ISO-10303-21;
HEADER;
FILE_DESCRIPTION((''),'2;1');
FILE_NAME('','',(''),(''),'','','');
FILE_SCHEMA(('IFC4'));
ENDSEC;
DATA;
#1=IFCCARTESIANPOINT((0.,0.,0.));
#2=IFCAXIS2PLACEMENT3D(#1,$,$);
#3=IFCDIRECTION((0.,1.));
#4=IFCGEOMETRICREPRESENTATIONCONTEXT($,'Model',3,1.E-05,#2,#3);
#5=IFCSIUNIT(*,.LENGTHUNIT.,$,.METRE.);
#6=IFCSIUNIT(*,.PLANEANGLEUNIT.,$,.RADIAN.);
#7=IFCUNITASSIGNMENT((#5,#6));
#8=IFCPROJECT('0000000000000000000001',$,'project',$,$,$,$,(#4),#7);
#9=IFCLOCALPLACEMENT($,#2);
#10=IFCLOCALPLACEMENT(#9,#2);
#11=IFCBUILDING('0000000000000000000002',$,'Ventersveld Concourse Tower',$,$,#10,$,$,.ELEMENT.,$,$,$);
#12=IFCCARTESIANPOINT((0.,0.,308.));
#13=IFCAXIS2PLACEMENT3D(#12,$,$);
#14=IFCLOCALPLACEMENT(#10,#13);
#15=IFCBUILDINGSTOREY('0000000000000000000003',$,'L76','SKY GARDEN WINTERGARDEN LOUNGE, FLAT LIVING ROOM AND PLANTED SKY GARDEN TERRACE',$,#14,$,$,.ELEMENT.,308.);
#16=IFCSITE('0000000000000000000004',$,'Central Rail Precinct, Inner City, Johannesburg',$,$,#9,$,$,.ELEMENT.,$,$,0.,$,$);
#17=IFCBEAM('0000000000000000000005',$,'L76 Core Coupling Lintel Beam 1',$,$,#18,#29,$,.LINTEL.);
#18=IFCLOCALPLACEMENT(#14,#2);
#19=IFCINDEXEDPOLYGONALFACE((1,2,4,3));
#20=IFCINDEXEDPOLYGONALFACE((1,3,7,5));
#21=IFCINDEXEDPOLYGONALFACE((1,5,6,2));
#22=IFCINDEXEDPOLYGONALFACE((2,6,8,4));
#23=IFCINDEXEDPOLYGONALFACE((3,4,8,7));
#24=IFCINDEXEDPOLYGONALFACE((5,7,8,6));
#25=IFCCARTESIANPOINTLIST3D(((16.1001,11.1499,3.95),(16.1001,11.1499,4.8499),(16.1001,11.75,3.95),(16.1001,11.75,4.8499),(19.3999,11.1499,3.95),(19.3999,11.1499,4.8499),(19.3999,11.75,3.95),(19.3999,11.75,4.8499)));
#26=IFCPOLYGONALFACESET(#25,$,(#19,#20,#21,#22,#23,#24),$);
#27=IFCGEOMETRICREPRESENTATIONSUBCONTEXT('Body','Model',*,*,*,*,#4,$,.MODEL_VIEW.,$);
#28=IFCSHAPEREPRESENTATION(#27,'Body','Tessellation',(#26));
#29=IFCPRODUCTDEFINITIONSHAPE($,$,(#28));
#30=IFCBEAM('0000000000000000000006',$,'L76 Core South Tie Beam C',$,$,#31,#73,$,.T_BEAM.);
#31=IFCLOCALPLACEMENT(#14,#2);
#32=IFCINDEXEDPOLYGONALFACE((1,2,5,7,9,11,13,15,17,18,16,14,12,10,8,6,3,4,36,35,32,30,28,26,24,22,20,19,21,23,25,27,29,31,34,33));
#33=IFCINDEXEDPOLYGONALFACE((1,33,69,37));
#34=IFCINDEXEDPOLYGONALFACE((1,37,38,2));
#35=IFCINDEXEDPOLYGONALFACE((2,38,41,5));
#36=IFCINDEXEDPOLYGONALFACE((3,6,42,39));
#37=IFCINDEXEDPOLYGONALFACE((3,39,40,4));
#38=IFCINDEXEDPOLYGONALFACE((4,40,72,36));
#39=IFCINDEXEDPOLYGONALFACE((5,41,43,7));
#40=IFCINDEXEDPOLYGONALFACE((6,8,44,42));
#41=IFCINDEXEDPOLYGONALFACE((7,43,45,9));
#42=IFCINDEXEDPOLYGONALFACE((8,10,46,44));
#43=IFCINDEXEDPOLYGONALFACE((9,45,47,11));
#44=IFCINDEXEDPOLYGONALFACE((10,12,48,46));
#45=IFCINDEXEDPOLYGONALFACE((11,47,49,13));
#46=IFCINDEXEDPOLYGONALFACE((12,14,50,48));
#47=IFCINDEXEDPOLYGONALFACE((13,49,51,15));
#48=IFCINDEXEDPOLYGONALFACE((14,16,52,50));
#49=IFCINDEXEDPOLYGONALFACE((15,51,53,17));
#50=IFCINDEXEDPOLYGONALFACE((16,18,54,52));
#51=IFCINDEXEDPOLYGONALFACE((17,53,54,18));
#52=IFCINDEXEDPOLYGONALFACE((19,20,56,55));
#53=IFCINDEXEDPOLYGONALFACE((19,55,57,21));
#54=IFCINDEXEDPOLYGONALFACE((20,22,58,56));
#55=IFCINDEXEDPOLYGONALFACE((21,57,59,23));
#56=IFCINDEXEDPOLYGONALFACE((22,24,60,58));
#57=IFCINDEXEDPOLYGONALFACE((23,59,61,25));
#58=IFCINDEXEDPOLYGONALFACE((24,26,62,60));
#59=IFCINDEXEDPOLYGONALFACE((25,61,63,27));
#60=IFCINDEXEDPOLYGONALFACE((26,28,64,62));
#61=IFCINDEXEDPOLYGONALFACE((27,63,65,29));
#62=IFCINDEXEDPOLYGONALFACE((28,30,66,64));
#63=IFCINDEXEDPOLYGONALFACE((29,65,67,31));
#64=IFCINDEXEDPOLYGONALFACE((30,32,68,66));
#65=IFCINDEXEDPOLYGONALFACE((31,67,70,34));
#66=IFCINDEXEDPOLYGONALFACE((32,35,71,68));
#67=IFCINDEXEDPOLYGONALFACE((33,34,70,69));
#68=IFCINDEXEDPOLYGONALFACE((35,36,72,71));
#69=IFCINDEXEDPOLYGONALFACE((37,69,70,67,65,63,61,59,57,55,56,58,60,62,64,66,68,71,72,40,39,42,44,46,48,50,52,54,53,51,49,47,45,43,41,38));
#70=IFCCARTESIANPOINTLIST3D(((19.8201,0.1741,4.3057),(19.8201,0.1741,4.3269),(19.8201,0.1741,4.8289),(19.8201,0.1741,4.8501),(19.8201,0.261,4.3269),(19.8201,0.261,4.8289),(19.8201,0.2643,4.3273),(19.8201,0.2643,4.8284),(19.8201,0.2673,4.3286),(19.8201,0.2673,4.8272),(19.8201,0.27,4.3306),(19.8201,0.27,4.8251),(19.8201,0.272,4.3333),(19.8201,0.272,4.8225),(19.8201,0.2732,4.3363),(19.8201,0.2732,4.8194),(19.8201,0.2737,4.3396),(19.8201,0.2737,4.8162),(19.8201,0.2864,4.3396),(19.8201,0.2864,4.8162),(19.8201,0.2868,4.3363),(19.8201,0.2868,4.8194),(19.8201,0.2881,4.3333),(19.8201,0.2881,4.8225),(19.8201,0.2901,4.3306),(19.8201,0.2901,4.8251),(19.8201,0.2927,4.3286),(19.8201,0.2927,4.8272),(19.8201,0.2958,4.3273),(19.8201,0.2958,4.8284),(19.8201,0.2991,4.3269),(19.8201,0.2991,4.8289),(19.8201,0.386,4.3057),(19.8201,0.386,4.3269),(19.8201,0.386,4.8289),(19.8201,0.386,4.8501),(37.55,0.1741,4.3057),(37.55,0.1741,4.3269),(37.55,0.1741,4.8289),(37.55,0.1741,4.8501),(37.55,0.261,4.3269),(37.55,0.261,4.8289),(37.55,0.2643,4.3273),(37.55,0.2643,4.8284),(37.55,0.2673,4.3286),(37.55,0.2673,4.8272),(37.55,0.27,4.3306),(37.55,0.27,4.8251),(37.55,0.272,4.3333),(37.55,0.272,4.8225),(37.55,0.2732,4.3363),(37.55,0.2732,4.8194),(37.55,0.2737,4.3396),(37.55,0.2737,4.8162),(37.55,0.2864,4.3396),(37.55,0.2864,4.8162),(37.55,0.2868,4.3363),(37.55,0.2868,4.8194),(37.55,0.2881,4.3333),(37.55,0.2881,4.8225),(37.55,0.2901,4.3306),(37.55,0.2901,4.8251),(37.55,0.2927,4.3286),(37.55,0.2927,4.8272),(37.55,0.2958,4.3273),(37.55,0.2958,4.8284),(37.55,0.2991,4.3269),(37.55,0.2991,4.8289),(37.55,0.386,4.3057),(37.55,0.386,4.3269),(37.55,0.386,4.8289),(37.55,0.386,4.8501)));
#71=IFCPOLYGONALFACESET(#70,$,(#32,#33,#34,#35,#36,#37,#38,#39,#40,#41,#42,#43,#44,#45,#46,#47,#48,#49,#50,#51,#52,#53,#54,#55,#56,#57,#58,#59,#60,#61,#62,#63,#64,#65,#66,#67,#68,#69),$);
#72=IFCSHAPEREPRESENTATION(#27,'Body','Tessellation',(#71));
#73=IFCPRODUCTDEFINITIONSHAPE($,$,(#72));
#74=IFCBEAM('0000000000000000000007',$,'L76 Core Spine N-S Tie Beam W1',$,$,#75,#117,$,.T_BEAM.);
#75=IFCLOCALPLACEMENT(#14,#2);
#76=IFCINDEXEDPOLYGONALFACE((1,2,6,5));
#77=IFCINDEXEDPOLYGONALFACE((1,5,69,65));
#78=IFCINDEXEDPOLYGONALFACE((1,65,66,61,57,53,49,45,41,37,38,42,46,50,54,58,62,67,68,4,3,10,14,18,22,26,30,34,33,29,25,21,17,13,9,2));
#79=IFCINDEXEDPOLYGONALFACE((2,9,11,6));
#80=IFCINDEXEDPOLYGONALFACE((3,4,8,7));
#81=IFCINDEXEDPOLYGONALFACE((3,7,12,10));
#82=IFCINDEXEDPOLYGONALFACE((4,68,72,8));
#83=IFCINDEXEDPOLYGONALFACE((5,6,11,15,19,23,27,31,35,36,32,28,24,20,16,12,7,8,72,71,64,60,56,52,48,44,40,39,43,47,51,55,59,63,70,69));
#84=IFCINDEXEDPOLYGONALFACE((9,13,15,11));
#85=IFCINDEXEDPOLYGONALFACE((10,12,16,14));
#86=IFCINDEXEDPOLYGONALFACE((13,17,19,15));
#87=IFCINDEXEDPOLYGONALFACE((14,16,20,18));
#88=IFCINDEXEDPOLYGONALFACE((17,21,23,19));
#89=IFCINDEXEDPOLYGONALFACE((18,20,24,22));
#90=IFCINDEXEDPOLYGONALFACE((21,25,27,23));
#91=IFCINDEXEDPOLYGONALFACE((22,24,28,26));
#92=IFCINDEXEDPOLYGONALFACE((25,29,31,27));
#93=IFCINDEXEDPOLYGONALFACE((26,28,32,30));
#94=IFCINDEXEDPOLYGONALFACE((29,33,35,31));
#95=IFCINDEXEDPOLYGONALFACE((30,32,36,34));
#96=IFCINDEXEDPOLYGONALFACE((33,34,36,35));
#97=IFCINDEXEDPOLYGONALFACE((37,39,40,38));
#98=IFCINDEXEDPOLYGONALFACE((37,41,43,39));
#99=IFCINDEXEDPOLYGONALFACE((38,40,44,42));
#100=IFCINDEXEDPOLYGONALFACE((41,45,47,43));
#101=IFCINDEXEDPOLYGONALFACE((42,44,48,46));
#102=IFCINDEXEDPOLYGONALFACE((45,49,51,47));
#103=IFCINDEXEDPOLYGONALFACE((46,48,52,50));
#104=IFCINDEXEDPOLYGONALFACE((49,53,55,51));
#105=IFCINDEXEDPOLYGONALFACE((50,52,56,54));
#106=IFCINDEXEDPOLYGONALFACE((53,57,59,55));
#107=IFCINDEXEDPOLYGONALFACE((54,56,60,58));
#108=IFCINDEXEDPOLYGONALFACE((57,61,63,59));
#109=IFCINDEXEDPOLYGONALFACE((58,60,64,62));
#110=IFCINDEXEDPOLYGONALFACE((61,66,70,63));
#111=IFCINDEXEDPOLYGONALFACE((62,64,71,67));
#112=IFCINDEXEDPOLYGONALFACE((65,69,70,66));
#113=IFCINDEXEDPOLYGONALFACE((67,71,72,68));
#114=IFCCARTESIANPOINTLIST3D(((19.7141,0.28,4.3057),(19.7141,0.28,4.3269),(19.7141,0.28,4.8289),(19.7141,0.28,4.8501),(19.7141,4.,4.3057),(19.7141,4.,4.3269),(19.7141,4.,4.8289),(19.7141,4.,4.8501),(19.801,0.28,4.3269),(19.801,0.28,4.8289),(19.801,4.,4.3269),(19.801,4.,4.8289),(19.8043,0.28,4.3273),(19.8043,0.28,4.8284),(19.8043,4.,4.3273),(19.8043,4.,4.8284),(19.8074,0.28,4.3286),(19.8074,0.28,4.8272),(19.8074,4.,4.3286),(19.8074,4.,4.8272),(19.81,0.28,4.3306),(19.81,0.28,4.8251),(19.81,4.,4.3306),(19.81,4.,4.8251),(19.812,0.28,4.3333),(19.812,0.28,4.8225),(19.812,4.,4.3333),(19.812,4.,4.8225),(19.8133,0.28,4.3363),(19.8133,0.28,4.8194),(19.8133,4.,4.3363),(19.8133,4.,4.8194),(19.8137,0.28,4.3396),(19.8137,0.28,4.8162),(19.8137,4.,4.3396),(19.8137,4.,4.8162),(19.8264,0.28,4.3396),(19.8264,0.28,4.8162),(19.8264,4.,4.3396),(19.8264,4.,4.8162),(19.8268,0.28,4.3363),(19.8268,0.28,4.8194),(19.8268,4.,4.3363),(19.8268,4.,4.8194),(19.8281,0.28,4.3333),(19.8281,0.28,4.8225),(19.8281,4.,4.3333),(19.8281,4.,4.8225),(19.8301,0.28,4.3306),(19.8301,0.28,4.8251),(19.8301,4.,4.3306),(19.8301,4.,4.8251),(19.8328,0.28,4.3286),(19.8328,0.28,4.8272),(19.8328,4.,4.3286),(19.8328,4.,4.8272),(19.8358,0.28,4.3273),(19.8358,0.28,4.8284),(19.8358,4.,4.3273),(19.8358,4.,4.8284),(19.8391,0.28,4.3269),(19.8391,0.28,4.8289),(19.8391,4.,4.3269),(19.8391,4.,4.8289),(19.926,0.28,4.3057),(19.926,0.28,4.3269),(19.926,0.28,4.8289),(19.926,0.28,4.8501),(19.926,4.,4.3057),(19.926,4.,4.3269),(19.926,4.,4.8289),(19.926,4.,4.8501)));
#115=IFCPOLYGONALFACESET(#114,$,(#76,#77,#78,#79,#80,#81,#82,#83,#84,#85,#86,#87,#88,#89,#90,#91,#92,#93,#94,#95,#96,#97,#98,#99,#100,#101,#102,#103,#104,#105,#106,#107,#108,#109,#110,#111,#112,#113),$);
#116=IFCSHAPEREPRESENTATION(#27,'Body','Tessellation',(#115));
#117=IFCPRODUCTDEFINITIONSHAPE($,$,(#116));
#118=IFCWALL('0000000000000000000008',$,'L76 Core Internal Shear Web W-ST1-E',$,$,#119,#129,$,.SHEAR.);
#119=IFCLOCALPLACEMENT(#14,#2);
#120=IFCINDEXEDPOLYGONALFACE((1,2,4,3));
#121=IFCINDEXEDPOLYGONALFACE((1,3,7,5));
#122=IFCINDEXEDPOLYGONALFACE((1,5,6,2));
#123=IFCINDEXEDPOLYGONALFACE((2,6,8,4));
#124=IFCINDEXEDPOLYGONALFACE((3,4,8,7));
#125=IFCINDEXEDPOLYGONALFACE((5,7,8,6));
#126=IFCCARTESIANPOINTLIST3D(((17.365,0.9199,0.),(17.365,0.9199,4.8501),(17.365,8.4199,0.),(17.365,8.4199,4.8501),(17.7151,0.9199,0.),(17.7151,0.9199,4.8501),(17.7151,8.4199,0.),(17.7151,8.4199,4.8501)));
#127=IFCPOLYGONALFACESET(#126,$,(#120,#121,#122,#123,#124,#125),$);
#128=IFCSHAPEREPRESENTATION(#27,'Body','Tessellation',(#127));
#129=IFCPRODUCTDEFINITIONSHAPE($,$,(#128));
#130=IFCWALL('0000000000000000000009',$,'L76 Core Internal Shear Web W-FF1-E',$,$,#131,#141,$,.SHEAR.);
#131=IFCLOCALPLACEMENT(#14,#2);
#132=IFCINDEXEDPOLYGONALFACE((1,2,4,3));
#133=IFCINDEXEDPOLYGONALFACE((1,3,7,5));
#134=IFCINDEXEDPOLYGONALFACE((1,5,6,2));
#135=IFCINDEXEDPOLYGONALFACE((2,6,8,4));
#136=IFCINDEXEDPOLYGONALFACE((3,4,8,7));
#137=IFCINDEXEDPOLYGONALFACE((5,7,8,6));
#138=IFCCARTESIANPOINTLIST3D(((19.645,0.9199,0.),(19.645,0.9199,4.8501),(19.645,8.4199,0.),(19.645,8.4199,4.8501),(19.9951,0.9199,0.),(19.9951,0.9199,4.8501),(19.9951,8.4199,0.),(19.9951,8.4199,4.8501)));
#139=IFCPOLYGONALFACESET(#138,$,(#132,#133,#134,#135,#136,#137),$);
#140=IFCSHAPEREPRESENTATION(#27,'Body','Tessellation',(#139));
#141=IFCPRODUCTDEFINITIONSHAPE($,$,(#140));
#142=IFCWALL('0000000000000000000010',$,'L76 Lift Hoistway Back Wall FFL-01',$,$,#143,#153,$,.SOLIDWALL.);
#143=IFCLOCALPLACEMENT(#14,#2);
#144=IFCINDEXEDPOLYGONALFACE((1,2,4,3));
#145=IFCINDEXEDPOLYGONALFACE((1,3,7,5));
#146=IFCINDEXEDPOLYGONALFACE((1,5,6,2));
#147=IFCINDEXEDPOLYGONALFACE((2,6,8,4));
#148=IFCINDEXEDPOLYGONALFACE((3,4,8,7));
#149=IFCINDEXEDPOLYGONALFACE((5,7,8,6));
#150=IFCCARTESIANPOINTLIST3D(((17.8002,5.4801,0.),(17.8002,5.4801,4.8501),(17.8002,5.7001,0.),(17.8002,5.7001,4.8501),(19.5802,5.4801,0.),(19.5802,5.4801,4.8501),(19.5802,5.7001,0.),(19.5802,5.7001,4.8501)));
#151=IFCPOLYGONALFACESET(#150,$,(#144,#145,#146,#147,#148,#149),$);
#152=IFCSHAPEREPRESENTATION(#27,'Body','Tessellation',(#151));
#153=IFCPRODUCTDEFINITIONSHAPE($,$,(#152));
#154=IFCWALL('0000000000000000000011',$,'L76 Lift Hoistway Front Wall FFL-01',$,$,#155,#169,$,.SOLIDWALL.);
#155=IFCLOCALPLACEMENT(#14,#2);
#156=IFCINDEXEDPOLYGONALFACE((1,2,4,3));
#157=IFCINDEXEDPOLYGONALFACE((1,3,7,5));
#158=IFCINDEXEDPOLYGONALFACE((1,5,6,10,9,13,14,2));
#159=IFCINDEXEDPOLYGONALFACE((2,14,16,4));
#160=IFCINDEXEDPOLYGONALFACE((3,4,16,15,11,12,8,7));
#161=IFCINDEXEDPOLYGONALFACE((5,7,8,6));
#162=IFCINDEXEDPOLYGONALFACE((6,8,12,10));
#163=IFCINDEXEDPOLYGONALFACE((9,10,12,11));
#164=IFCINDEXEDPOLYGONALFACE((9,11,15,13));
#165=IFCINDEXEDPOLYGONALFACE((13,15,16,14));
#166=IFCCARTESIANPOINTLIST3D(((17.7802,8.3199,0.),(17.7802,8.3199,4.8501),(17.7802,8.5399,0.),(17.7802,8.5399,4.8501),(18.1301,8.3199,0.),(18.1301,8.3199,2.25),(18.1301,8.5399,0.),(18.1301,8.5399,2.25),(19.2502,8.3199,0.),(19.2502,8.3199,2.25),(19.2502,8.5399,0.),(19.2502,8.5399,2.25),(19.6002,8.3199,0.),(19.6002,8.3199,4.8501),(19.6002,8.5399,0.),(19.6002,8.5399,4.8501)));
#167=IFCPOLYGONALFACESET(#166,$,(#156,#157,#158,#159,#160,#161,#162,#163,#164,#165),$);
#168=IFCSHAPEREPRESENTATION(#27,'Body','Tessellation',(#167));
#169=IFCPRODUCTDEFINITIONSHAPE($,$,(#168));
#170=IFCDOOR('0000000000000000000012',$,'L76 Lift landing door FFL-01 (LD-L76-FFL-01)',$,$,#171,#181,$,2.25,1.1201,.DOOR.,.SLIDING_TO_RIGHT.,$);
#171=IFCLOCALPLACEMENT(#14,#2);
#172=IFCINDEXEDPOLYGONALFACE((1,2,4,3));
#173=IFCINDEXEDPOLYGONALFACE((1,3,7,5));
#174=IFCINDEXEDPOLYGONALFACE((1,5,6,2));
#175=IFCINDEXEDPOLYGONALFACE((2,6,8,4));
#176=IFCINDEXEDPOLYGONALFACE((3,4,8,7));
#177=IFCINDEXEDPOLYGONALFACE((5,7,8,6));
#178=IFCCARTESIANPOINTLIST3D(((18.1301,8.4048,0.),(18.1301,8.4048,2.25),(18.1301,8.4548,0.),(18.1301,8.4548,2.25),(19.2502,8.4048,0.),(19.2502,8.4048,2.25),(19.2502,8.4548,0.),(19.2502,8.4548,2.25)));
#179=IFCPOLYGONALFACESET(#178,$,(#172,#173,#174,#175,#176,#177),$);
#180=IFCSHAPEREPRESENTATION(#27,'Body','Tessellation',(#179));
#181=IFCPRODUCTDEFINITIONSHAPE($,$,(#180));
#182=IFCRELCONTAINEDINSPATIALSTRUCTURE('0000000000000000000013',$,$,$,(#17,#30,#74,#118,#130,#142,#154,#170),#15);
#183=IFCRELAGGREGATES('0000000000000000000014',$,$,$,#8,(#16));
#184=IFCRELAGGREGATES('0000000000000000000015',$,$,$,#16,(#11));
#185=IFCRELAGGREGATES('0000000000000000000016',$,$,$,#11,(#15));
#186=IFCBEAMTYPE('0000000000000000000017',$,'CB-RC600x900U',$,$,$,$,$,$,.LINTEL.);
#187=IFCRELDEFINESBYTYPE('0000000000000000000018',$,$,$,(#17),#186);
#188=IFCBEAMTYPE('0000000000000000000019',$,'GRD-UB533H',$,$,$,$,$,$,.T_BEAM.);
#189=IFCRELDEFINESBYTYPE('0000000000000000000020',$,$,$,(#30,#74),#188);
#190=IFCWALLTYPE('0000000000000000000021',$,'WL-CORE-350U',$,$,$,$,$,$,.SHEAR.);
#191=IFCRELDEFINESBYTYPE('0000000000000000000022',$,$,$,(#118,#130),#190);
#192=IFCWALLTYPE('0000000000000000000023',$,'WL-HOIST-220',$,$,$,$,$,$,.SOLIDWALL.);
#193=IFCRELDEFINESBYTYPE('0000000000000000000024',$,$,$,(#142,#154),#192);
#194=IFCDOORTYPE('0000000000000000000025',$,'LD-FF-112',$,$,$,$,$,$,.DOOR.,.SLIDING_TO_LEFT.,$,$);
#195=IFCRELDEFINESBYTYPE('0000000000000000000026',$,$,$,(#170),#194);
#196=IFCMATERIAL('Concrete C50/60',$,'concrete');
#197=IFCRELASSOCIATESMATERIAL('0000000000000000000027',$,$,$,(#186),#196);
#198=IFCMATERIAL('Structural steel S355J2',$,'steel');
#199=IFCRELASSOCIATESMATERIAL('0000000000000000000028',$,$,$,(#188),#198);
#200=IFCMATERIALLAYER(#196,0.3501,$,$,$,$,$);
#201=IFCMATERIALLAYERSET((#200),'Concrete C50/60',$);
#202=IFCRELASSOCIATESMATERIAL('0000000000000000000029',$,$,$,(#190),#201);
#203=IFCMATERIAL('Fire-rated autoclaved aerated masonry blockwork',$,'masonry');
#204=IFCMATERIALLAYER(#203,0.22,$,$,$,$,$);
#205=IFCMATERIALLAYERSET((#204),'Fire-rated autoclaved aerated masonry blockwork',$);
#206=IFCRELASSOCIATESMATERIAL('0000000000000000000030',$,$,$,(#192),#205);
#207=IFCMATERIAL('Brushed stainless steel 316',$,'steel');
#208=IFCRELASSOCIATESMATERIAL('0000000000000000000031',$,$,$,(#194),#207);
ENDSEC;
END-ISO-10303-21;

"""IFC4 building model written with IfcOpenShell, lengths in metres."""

from ifc_helpers import new_model, si_unit, direction, frame, frame_2d, origin, origin_2d, place, context, subcontext, project, spatial, rectangle, i_section, extrude, material, layer, layer_set, material_profile, profile_set, type_object, element, fill, save


model = new_model("IFC4")

# Units and contexts
model_context = context("Model", 3, precision=1e-05, world=origin(), true_north=direction((0.0, 1.0)))
body_context = subcontext(model_context, "Body", "Model", "MODEL_VIEW")
ifc_project = project(units=[si_unit("LENGTHUNIT", "METRE"), si_unit("PLANEANGLEUNIT", "RADIAN")], contexts=[model_context])

# Site, building, storey
site_placement = place(None, origin())
site = spatial("IfcSite", under=ifc_project, at=site_placement, Name="Central Rail Precinct, Inner City, Johannesburg", CompositionType="ELEMENT", RefElevation=0.0)
building_placement = place(site_placement, origin())
building = spatial("IfcBuilding", under=site, at=building_placement, Name="Ventersveld Concourse Tower", CompositionType="ELEMENT")
storey_placement = place(building_placement, frame((0.0, 0.0, 308.0)))
storey = spatial("IfcBuildingStorey", under=building, at=storey_placement, Name="L76", Description="SKY GARDEN WINTERGARDEN LOUNGE, FLAT LIVING ROOM AND PLANTED SKY GARDEN TERRACE", CompositionType="ELEMENT", Elevation=308.0)

# Beams
ifc_material_1 = material(Name="Concrete C50/60", Category="concrete")
ifc_material_profile_1 = material_profile(ifc_material_1, rectangle(XDim=0.6001, YDim=0.8999, at=origin_2d()), Name="RC 600x900")
ifc_profile_set_1 = profile_set([ifc_material_profile_1], Name="Concrete C50/60")
beam_type_1 = type_object("IfcBeamType", Name="CB-RC600x900U", PredefinedType="LINTEL", material=ifc_profile_set_1)
beam_1_placement = place(storey_placement, frame((16.1001, 11.45, 4.3999), z_axis=(1.0, 0.0, 0.0), x_axis=(0.0, 1.0, 0.0)))
element("IfcBeam", 1, at=beam_1_placement, inside=storey, type_object=beam_type_1, Name="L76 Core Coupling Lintel Beam 1", PredefinedType="LINTEL", context=body_context, shape_type="SweptSolid", body=[
    extrude(rectangle(XDim=0.6001, YDim=0.8999, at=origin_2d()), origin(), (0.0, 0.0, 1.0), 3.2998),
])
ifc_material_2 = material(Name="Structural steel S355J2", Category="steel")
ifc_material_profile_2 = material_profile(ifc_material_2, i_section(OverallWidth=0.2119, OverallDepth=0.5444, WebThickness=0.0127, FlangeThickness=0.0212, FilletRadius=0.0127, at=origin_2d()), Name="UB 533x210x122")
ifc_profile_set_2 = profile_set([ifc_material_profile_2], Name="Structural steel S355J2")
beam_type_2 = type_object("IfcBeamType", Name="GRD-UB533H", PredefinedType="T_BEAM", material=ifc_profile_set_2)
beam_2_placement = place(storey_placement, frame((19.8201, 0.28, 4.5779), z_axis=(1.0, 0.0, 0.0), x_axis=(0.0, 1.0, 0.0)))
element("IfcBeam", 2, at=beam_2_placement, inside=storey, type_object=beam_type_2, Name="L76 Core South Tie Beam C", PredefinedType="T_BEAM", context=body_context, shape_type="SweptSolid", body=[
    extrude(i_section(OverallWidth=0.2119, OverallDepth=0.5444, WebThickness=0.0127, FlangeThickness=0.0212, FilletRadius=0.0127, at=origin_2d()), origin(), (0.0, 0.0, 1.0), 17.73),
])
beam_3_placement = place(storey_placement, frame((19.8201, 0.28, 4.5779), z_axis=(0.0, 1.0, 0.0), x_axis=(-1.0, 0.0, 0.0)))
element("IfcBeam", 3, at=beam_3_placement, inside=storey, type_object=beam_type_2, Name="L76 Core Spine N-S Tie Beam W1", PredefinedType="T_BEAM", context=body_context, shape_type="SweptSolid", body=[
    extrude(i_section(OverallWidth=0.2119, OverallDepth=0.5444, WebThickness=0.0127, FlangeThickness=0.0212, FilletRadius=0.0127, at=origin_2d()), origin(), (0.0, 0.0, 1.0), 3.72),
])

# Walls
ifc_layer_1 = layer(ifc_material_1, 0.3501)
ifc_layer_set_1 = layer_set([ifc_layer_1], Name="Concrete C50/60")
wall_type_1 = type_object("IfcWallType", Name="WL-CORE-350U", PredefinedType="SHEAR", material=ifc_layer_set_1)
for number, where, z_axis, x_axis, name in (
    (4, (17.54, 0.9199, 0.0), (0.0, 0.0, 1.0), (0.0, 1.0, 0.0), "L76 Core Internal Shear Web W-ST1-E"),
    (5, (19.8201, 0.9199, 0.0), (0.0, 0.0, 1.0), (0.0, 1.0, 0.0), "L76 Core Internal Shear Web W-FF1-E"),
):
    element("IfcWall", number, at=place(storey_placement, frame(where, z_axis=z_axis, x_axis=x_axis)), inside=storey, type_object=wall_type_1, Name=name, PredefinedType="SHEAR", context=body_context, shape_type="SweptSolid", body=[
        extrude(rectangle(XDim=7.5, YDim=0.3501, at=frame_2d((3.75, 0.0))), origin(), (0.0, 0.0, 1.0), 4.8501),
    ])
ifc_material_3 = material(Name="Fire-rated autoclaved aerated masonry blockwork", Category="masonry")
ifc_layer_2 = layer(ifc_material_3, 0.22)
ifc_layer_set_2 = layer_set([ifc_layer_2], Name="Fire-rated autoclaved aerated masonry blockwork")
wall_type_2 = type_object("IfcWallType", Name="WL-HOIST-220", PredefinedType="SOLIDWALL", material=ifc_layer_set_2)
wall_1_placement = place(storey_placement, frame((17.8, 5.5901, 0.0), z_axis=(0.0, 0.0, 1.0), x_axis=(1.0, 0.0, 0.0)))
element("IfcWall", 6, at=wall_1_placement, inside=storey, type_object=wall_type_2, Name="L76 Lift Hoistway Back Wall FFL-01", PredefinedType="SOLIDWALL", context=body_context, shape_type="SweptSolid", body=[
    extrude(rectangle(XDim=1.78, YDim=0.22, at=frame_2d((0.8901, 0.0))), origin(), (0.0, 0.0, 1.0), 4.8501),
])

# Wall, opening, door
wall_2_placement = place(storey_placement, frame((17.78, 8.4299, 0.0), z_axis=(0.0, 0.0, 1.0), x_axis=(1.0, 0.0, 0.0)))
wall_2 = element("IfcWall", 7, at=wall_2_placement, inside=storey, type_object=wall_type_2, Name="L76 Lift Hoistway Front Wall FFL-01", PredefinedType="SOLIDWALL", context=body_context, shape_type="SweptSolid", body=[
    extrude(rectangle(XDim=1.8201, YDim=0.22, at=frame_2d((0.9102, 0.0))), origin(), (0.0, 0.0, 1.0), 4.8501),
])
opening_1_placement = place(wall_2_placement, frame((0.3501, 0.0, 0.0)))
opening_1 = element("IfcOpeningElement", 8, at=opening_1_placement, cuts=wall_2, PredefinedType="OPENING", context=body_context, shape_type="SweptSolid", body=[
    extrude(rectangle(XDim=1.1201, YDim=2.25, at=frame_2d((0.5601, 1.125))), frame((0.0, 0.1201, 0.0), z_axis=(0.0, -1.0, 0.0), x_axis=(1.0, 0.0, 0.0)), (0.0, 0.0, 1.0), 0.24),
])
ifc_material_4 = material(Name="Brushed stainless steel 316", Category="steel")
door_type_1 = type_object("IfcDoorType", Name="LD-FF-112", OperationType="SLIDING_TO_LEFT", PredefinedType="DOOR", material=ifc_material_4)
door_1_placement = place(opening_1_placement, origin())
door_1 = element("IfcDoor", 9, at=door_1_placement, inside=storey, type_object=door_type_1, Name="L76 Lift landing door FFL-01 (LD-L76-FFL-01)", OperationType="SLIDING_TO_RIGHT", OverallHeight=2.25, OverallWidth=1.1201, PredefinedType="DOOR", context=body_context, shape_type="SweptSolid", body=[
    extrude(rectangle(XDim=1.1201, YDim=2.25, at=frame_2d((0.5601, 1.125))), frame((0.0, 0.0249, 0.0), z_axis=(0.0, -1.0, 0.0), x_axis=(1.0, 0.0, 0.0)), (0.0, 0.0, 1.0), 0.05),
])
fill(opening_1, door_1)

save(model, "model.ifc")
